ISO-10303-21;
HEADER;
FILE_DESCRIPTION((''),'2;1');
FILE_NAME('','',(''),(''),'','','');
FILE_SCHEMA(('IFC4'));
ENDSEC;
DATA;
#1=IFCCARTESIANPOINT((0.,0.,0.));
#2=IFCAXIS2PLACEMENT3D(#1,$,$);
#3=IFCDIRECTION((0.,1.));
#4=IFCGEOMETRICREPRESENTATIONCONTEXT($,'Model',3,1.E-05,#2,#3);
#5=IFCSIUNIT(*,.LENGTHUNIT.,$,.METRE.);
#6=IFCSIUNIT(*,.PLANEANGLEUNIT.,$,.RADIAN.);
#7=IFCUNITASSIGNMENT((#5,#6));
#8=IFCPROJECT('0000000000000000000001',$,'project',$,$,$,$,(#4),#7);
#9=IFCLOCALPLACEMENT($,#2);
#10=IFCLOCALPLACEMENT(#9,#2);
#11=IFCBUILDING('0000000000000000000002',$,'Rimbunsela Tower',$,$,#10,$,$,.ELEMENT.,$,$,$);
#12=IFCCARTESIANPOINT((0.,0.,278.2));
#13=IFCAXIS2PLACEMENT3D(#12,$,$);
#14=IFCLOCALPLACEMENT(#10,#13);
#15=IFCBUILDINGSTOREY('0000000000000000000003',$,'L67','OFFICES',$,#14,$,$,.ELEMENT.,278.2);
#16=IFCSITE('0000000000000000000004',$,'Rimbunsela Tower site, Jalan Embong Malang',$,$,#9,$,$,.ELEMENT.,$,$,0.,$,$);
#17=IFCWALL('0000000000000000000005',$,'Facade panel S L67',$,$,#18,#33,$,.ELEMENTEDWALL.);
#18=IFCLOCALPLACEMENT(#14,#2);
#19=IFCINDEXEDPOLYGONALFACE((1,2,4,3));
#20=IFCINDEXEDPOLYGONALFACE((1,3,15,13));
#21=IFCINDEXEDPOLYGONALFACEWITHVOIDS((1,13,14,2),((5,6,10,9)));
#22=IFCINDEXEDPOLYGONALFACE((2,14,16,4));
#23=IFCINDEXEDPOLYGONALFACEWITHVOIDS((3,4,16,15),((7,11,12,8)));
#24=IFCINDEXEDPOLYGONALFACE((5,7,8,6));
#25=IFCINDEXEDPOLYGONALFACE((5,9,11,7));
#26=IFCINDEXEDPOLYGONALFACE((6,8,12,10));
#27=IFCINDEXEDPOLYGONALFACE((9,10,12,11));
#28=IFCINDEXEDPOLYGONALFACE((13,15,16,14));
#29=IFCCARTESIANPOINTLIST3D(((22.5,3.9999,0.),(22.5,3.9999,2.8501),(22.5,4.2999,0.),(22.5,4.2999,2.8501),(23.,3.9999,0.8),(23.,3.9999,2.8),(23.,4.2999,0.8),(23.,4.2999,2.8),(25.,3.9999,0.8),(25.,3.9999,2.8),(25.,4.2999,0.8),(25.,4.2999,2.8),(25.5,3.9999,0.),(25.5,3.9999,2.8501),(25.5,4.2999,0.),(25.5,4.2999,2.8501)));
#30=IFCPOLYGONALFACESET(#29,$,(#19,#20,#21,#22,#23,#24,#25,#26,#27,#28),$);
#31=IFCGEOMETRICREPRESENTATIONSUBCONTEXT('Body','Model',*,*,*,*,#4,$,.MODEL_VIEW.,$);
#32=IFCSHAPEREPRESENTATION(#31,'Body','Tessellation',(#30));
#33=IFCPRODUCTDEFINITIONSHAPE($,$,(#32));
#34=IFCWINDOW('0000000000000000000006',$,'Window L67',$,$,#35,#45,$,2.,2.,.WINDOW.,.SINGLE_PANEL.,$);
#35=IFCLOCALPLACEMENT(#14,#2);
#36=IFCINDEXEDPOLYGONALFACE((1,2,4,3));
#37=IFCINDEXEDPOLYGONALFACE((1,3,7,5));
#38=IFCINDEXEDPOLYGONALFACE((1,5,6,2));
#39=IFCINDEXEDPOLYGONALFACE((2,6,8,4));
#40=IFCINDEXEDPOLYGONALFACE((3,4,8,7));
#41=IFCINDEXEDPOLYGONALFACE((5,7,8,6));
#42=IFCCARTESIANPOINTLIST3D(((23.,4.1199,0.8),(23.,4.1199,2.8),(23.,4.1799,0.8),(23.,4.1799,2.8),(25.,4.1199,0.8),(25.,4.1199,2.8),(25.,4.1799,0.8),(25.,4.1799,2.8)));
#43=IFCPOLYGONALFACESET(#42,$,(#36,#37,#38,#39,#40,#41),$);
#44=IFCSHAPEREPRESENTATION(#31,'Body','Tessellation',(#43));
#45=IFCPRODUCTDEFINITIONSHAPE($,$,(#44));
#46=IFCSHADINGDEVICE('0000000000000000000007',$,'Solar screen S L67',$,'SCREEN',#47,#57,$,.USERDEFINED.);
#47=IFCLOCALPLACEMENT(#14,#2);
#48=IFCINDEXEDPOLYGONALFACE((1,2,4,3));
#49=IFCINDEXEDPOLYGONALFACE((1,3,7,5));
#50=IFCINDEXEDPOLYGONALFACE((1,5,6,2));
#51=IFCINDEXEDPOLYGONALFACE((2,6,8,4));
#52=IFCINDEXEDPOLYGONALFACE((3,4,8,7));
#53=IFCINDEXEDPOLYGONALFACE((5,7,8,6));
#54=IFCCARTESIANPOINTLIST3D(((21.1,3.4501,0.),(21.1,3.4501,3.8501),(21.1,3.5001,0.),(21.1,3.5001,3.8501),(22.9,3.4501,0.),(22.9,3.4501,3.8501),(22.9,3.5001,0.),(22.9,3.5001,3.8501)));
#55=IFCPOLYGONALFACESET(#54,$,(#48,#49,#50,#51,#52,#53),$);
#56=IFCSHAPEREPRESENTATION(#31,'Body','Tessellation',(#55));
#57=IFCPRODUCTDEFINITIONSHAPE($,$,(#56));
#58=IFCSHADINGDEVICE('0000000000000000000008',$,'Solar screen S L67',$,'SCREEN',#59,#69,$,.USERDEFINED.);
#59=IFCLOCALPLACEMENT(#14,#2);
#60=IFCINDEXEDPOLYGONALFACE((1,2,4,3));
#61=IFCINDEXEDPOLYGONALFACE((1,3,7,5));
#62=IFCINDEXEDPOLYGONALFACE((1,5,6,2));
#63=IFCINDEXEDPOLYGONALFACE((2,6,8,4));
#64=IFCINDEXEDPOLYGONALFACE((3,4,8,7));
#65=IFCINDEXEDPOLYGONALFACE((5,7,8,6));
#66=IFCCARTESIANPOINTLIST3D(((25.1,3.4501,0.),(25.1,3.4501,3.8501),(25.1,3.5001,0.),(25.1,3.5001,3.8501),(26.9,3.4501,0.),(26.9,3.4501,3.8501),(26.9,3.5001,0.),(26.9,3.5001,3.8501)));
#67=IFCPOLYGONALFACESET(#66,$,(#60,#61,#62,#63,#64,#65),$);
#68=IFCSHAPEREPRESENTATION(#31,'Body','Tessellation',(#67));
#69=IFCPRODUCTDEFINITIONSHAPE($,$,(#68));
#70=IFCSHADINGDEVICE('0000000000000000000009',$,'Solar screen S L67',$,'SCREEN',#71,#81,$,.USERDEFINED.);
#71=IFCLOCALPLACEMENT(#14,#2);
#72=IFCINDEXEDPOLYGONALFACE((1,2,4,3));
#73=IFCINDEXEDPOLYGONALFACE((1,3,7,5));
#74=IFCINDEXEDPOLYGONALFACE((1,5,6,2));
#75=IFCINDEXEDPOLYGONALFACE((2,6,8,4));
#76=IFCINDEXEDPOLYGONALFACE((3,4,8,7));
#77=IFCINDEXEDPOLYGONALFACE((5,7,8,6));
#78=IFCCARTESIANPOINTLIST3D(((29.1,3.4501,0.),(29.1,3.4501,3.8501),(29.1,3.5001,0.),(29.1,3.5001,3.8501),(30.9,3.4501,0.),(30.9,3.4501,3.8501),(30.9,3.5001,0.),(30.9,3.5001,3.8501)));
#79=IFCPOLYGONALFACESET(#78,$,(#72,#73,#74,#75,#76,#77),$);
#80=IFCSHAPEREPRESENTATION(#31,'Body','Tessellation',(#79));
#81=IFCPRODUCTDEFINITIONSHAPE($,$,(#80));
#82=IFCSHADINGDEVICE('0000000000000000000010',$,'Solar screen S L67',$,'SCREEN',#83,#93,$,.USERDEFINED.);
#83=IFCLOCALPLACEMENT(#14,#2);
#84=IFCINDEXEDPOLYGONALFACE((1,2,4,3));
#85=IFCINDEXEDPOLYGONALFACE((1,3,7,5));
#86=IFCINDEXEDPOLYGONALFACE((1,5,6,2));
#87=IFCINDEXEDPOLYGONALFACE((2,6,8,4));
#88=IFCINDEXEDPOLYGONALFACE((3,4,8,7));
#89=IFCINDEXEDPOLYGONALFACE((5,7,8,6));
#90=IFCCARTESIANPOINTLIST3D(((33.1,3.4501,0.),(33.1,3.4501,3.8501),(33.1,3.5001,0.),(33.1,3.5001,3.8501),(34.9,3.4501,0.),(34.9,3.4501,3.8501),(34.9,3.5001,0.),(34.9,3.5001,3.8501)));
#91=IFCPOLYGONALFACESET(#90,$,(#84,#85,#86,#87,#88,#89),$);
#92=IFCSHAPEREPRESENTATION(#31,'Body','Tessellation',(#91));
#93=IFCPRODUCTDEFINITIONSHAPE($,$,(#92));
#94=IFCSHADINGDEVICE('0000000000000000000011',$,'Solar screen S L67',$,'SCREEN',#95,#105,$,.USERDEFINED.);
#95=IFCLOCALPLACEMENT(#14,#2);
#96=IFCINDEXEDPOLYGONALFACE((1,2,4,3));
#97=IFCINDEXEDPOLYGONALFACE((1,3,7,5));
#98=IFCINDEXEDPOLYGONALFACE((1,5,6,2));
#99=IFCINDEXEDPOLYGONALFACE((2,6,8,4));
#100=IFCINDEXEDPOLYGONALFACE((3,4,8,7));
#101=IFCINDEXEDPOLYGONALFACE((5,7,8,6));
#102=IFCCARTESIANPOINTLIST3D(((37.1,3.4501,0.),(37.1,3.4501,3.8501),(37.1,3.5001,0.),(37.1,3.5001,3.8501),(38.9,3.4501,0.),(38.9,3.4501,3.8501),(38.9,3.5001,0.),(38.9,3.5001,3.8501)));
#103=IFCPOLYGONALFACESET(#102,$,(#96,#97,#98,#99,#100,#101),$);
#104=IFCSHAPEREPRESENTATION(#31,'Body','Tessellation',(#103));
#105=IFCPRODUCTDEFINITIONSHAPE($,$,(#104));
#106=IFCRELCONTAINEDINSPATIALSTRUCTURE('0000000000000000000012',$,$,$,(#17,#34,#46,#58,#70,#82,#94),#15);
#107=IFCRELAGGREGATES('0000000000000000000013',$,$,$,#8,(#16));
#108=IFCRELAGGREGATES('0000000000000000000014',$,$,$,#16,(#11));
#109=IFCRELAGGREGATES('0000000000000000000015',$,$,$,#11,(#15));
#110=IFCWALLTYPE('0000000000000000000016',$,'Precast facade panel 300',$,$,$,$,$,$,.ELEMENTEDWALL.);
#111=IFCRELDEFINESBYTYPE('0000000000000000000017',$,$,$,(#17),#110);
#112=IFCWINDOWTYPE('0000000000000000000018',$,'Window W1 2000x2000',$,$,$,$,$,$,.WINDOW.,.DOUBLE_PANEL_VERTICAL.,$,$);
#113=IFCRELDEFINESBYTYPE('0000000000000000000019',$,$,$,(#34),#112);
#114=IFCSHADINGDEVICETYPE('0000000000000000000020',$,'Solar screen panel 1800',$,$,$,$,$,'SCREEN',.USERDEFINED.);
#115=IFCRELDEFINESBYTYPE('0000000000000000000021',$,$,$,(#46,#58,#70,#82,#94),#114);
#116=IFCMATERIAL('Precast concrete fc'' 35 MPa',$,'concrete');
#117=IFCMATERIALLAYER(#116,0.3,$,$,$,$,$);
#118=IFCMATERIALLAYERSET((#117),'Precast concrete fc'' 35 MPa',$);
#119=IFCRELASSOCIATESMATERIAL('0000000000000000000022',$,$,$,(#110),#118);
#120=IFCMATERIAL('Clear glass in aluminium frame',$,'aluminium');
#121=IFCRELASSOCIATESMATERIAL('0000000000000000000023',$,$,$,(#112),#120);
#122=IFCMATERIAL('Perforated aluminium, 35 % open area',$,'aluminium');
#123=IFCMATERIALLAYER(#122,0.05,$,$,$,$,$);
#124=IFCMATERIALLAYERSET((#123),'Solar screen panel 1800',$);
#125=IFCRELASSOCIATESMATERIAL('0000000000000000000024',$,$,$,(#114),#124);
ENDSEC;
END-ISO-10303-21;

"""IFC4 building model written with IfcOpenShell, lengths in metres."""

from ifc_helpers import new_model, si_unit, direction, frame, frame_2d, origin, origin_2d, place, context, subcontext, project, spatial, rectangle, extrude, material, layer, layer_set, type_object, element, fill, save


model = new_model("IFC4")

# Units and contexts
model_context = context("Model", 3, precision=1e-05, world=origin(), true_north=direction((0.0, 1.0)))
body_context = subcontext(model_context, "Body", "Model", "MODEL_VIEW")
ifc_project = project(units=[si_unit("LENGTHUNIT", "METRE"), si_unit("PLANEANGLEUNIT", "RADIAN")], contexts=[model_context])

# Site, building, storey
site_placement = place(None, origin())
site = spatial("IfcSite", under=ifc_project, at=site_placement, Name="Rimbunsela Tower site, Jalan Embong Malang", CompositionType="ELEMENT", RefElevation=0.0)
building_placement = place(site_placement, origin())
building = spatial("IfcBuilding", under=site, at=building_placement, Name="Rimbunsela Tower", CompositionType="ELEMENT")
storey_placement = place(building_placement, frame((0.0, 0.0, 278.2)))
storey = spatial("IfcBuildingStorey", under=building, at=storey_placement, Name="L67", Description="OFFICES", CompositionType="ELEMENT", Elevation=278.2)

# Wall, opening, window
ifc_material_1 = material(Name="Precast concrete fc' 35 MPa", Category="concrete")
ifc_layer_1 = layer(ifc_material_1, 0.3)
ifc_layer_set_1 = layer_set([ifc_layer_1], Name="Precast concrete fc' 35 MPa")
wall_type = type_object("IfcWallType", Name="Precast facade panel 300", PredefinedType="ELEMENTEDWALL", material=ifc_layer_set_1)
wall_placement = place(storey_placement, frame((22.5, 4.1499, 0.0), z_axis=(0.0, 0.0, 1.0), x_axis=(1.0, 0.0, 0.0)))
wall = element("IfcWall", 1, at=wall_placement, inside=storey, type_object=wall_type, Name="Facade panel S L67", PredefinedType="ELEMENTEDWALL", context=body_context, shape_type="SweptSolid", body=[
    extrude(rectangle(XDim=3.0, YDim=0.3, at=frame_2d((1.5, 0.0))), origin(), (0.0, 0.0, 1.0), 2.8501),
])
opening_placement = place(wall_placement, frame((0.5, 0.0, 0.8)))
opening = element("IfcOpeningElement", 2, at=opening_placement, cuts=wall, PredefinedType="OPENING", context=body_context, shape_type="SweptSolid", body=[
    extrude(rectangle(XDim=2.0, YDim=2.0, at=frame_2d((1.0, 1.0))), frame((0.0, 0.1599, 0.0), z_axis=(0.0, -1.0, 0.0), x_axis=(1.0, 0.0, 0.0)), (0.0, 0.0, 1.0), 0.3201),
])
ifc_material_2 = material(Name="Clear glass in aluminium frame", Category="aluminium")
window_type = type_object("IfcWindowType", Name="Window W1 2000x2000", PartitioningType="DOUBLE_PANEL_VERTICAL", PredefinedType="WINDOW", material=ifc_material_2)
window_placement = place(opening_placement, origin())
window = element("IfcWindow", 3, at=window_placement, inside=storey, type_object=window_type, Name="Window L67", OverallHeight=2.0, OverallWidth=2.0, PartitioningType="SINGLE_PANEL", PredefinedType="WINDOW", context=body_context, shape_type="SweptSolid", body=[
    extrude(rectangle(XDim=2.0, YDim=2.0, at=frame_2d((1.0, 1.0))), frame((0.0, 0.03, 0.0), z_axis=(0.0, -1.0, 0.0), x_axis=(1.0, 0.0, 0.0)), (0.0, 0.0, 1.0), 0.0601),
])
fill(opening, window)

# Shading devices
ifc_material_3 = material(Name="Perforated aluminium, 35 % open area", Category="aluminium")
ifc_layer_2 = layer(ifc_material_3, 0.05)
ifc_layer_set_2 = layer_set([ifc_layer_2], Name="Solar screen panel 1800")
shading_device_type = type_object("IfcShadingDeviceType", Name="Solar screen panel 1800", ElementType="SCREEN", PredefinedType="USERDEFINED", material=ifc_layer_set_2)
for number, where, z_axis, x_axis, name in (
    (4, (22.0, 3.4751, 0.0), (0.0, 0.0, 1.0), (1.0, 0.0, 0.0), "Solar screen S L67"),
    (5, (26.0, 3.4751, 0.0), (0.0, 0.0, 1.0), (1.0, 0.0, 0.0), "Solar screen S L67"),
    (6, (30.0, 3.4751, 0.0), (0.0, 0.0, 1.0), (1.0, 0.0, 0.0), "Solar screen S L67"),
    (7, (34.0, 3.4751, 0.0), (0.0, 0.0, 1.0), (1.0, 0.0, 0.0), "Solar screen S L67"),
    (8, (38.0, 3.4751, 0.0), (0.0, 0.0, 1.0), (1.0, 0.0, 0.0), "Solar screen S L67"),
):
    element("IfcShadingDevice", number, at=place(storey_placement, frame(where, z_axis=z_axis, x_axis=x_axis)), inside=storey, type_object=shading_device_type, Name=name, ObjectType="SCREEN", PredefinedType="USERDEFINED", context=body_context, shape_type="SweptSolid", body=[
        extrude(rectangle(XDim=1.8, YDim=0.05, at=origin_2d()), origin(), (0.0, 0.0, 1.0), 3.8501),
    ])

save(model, "model.ifc")
